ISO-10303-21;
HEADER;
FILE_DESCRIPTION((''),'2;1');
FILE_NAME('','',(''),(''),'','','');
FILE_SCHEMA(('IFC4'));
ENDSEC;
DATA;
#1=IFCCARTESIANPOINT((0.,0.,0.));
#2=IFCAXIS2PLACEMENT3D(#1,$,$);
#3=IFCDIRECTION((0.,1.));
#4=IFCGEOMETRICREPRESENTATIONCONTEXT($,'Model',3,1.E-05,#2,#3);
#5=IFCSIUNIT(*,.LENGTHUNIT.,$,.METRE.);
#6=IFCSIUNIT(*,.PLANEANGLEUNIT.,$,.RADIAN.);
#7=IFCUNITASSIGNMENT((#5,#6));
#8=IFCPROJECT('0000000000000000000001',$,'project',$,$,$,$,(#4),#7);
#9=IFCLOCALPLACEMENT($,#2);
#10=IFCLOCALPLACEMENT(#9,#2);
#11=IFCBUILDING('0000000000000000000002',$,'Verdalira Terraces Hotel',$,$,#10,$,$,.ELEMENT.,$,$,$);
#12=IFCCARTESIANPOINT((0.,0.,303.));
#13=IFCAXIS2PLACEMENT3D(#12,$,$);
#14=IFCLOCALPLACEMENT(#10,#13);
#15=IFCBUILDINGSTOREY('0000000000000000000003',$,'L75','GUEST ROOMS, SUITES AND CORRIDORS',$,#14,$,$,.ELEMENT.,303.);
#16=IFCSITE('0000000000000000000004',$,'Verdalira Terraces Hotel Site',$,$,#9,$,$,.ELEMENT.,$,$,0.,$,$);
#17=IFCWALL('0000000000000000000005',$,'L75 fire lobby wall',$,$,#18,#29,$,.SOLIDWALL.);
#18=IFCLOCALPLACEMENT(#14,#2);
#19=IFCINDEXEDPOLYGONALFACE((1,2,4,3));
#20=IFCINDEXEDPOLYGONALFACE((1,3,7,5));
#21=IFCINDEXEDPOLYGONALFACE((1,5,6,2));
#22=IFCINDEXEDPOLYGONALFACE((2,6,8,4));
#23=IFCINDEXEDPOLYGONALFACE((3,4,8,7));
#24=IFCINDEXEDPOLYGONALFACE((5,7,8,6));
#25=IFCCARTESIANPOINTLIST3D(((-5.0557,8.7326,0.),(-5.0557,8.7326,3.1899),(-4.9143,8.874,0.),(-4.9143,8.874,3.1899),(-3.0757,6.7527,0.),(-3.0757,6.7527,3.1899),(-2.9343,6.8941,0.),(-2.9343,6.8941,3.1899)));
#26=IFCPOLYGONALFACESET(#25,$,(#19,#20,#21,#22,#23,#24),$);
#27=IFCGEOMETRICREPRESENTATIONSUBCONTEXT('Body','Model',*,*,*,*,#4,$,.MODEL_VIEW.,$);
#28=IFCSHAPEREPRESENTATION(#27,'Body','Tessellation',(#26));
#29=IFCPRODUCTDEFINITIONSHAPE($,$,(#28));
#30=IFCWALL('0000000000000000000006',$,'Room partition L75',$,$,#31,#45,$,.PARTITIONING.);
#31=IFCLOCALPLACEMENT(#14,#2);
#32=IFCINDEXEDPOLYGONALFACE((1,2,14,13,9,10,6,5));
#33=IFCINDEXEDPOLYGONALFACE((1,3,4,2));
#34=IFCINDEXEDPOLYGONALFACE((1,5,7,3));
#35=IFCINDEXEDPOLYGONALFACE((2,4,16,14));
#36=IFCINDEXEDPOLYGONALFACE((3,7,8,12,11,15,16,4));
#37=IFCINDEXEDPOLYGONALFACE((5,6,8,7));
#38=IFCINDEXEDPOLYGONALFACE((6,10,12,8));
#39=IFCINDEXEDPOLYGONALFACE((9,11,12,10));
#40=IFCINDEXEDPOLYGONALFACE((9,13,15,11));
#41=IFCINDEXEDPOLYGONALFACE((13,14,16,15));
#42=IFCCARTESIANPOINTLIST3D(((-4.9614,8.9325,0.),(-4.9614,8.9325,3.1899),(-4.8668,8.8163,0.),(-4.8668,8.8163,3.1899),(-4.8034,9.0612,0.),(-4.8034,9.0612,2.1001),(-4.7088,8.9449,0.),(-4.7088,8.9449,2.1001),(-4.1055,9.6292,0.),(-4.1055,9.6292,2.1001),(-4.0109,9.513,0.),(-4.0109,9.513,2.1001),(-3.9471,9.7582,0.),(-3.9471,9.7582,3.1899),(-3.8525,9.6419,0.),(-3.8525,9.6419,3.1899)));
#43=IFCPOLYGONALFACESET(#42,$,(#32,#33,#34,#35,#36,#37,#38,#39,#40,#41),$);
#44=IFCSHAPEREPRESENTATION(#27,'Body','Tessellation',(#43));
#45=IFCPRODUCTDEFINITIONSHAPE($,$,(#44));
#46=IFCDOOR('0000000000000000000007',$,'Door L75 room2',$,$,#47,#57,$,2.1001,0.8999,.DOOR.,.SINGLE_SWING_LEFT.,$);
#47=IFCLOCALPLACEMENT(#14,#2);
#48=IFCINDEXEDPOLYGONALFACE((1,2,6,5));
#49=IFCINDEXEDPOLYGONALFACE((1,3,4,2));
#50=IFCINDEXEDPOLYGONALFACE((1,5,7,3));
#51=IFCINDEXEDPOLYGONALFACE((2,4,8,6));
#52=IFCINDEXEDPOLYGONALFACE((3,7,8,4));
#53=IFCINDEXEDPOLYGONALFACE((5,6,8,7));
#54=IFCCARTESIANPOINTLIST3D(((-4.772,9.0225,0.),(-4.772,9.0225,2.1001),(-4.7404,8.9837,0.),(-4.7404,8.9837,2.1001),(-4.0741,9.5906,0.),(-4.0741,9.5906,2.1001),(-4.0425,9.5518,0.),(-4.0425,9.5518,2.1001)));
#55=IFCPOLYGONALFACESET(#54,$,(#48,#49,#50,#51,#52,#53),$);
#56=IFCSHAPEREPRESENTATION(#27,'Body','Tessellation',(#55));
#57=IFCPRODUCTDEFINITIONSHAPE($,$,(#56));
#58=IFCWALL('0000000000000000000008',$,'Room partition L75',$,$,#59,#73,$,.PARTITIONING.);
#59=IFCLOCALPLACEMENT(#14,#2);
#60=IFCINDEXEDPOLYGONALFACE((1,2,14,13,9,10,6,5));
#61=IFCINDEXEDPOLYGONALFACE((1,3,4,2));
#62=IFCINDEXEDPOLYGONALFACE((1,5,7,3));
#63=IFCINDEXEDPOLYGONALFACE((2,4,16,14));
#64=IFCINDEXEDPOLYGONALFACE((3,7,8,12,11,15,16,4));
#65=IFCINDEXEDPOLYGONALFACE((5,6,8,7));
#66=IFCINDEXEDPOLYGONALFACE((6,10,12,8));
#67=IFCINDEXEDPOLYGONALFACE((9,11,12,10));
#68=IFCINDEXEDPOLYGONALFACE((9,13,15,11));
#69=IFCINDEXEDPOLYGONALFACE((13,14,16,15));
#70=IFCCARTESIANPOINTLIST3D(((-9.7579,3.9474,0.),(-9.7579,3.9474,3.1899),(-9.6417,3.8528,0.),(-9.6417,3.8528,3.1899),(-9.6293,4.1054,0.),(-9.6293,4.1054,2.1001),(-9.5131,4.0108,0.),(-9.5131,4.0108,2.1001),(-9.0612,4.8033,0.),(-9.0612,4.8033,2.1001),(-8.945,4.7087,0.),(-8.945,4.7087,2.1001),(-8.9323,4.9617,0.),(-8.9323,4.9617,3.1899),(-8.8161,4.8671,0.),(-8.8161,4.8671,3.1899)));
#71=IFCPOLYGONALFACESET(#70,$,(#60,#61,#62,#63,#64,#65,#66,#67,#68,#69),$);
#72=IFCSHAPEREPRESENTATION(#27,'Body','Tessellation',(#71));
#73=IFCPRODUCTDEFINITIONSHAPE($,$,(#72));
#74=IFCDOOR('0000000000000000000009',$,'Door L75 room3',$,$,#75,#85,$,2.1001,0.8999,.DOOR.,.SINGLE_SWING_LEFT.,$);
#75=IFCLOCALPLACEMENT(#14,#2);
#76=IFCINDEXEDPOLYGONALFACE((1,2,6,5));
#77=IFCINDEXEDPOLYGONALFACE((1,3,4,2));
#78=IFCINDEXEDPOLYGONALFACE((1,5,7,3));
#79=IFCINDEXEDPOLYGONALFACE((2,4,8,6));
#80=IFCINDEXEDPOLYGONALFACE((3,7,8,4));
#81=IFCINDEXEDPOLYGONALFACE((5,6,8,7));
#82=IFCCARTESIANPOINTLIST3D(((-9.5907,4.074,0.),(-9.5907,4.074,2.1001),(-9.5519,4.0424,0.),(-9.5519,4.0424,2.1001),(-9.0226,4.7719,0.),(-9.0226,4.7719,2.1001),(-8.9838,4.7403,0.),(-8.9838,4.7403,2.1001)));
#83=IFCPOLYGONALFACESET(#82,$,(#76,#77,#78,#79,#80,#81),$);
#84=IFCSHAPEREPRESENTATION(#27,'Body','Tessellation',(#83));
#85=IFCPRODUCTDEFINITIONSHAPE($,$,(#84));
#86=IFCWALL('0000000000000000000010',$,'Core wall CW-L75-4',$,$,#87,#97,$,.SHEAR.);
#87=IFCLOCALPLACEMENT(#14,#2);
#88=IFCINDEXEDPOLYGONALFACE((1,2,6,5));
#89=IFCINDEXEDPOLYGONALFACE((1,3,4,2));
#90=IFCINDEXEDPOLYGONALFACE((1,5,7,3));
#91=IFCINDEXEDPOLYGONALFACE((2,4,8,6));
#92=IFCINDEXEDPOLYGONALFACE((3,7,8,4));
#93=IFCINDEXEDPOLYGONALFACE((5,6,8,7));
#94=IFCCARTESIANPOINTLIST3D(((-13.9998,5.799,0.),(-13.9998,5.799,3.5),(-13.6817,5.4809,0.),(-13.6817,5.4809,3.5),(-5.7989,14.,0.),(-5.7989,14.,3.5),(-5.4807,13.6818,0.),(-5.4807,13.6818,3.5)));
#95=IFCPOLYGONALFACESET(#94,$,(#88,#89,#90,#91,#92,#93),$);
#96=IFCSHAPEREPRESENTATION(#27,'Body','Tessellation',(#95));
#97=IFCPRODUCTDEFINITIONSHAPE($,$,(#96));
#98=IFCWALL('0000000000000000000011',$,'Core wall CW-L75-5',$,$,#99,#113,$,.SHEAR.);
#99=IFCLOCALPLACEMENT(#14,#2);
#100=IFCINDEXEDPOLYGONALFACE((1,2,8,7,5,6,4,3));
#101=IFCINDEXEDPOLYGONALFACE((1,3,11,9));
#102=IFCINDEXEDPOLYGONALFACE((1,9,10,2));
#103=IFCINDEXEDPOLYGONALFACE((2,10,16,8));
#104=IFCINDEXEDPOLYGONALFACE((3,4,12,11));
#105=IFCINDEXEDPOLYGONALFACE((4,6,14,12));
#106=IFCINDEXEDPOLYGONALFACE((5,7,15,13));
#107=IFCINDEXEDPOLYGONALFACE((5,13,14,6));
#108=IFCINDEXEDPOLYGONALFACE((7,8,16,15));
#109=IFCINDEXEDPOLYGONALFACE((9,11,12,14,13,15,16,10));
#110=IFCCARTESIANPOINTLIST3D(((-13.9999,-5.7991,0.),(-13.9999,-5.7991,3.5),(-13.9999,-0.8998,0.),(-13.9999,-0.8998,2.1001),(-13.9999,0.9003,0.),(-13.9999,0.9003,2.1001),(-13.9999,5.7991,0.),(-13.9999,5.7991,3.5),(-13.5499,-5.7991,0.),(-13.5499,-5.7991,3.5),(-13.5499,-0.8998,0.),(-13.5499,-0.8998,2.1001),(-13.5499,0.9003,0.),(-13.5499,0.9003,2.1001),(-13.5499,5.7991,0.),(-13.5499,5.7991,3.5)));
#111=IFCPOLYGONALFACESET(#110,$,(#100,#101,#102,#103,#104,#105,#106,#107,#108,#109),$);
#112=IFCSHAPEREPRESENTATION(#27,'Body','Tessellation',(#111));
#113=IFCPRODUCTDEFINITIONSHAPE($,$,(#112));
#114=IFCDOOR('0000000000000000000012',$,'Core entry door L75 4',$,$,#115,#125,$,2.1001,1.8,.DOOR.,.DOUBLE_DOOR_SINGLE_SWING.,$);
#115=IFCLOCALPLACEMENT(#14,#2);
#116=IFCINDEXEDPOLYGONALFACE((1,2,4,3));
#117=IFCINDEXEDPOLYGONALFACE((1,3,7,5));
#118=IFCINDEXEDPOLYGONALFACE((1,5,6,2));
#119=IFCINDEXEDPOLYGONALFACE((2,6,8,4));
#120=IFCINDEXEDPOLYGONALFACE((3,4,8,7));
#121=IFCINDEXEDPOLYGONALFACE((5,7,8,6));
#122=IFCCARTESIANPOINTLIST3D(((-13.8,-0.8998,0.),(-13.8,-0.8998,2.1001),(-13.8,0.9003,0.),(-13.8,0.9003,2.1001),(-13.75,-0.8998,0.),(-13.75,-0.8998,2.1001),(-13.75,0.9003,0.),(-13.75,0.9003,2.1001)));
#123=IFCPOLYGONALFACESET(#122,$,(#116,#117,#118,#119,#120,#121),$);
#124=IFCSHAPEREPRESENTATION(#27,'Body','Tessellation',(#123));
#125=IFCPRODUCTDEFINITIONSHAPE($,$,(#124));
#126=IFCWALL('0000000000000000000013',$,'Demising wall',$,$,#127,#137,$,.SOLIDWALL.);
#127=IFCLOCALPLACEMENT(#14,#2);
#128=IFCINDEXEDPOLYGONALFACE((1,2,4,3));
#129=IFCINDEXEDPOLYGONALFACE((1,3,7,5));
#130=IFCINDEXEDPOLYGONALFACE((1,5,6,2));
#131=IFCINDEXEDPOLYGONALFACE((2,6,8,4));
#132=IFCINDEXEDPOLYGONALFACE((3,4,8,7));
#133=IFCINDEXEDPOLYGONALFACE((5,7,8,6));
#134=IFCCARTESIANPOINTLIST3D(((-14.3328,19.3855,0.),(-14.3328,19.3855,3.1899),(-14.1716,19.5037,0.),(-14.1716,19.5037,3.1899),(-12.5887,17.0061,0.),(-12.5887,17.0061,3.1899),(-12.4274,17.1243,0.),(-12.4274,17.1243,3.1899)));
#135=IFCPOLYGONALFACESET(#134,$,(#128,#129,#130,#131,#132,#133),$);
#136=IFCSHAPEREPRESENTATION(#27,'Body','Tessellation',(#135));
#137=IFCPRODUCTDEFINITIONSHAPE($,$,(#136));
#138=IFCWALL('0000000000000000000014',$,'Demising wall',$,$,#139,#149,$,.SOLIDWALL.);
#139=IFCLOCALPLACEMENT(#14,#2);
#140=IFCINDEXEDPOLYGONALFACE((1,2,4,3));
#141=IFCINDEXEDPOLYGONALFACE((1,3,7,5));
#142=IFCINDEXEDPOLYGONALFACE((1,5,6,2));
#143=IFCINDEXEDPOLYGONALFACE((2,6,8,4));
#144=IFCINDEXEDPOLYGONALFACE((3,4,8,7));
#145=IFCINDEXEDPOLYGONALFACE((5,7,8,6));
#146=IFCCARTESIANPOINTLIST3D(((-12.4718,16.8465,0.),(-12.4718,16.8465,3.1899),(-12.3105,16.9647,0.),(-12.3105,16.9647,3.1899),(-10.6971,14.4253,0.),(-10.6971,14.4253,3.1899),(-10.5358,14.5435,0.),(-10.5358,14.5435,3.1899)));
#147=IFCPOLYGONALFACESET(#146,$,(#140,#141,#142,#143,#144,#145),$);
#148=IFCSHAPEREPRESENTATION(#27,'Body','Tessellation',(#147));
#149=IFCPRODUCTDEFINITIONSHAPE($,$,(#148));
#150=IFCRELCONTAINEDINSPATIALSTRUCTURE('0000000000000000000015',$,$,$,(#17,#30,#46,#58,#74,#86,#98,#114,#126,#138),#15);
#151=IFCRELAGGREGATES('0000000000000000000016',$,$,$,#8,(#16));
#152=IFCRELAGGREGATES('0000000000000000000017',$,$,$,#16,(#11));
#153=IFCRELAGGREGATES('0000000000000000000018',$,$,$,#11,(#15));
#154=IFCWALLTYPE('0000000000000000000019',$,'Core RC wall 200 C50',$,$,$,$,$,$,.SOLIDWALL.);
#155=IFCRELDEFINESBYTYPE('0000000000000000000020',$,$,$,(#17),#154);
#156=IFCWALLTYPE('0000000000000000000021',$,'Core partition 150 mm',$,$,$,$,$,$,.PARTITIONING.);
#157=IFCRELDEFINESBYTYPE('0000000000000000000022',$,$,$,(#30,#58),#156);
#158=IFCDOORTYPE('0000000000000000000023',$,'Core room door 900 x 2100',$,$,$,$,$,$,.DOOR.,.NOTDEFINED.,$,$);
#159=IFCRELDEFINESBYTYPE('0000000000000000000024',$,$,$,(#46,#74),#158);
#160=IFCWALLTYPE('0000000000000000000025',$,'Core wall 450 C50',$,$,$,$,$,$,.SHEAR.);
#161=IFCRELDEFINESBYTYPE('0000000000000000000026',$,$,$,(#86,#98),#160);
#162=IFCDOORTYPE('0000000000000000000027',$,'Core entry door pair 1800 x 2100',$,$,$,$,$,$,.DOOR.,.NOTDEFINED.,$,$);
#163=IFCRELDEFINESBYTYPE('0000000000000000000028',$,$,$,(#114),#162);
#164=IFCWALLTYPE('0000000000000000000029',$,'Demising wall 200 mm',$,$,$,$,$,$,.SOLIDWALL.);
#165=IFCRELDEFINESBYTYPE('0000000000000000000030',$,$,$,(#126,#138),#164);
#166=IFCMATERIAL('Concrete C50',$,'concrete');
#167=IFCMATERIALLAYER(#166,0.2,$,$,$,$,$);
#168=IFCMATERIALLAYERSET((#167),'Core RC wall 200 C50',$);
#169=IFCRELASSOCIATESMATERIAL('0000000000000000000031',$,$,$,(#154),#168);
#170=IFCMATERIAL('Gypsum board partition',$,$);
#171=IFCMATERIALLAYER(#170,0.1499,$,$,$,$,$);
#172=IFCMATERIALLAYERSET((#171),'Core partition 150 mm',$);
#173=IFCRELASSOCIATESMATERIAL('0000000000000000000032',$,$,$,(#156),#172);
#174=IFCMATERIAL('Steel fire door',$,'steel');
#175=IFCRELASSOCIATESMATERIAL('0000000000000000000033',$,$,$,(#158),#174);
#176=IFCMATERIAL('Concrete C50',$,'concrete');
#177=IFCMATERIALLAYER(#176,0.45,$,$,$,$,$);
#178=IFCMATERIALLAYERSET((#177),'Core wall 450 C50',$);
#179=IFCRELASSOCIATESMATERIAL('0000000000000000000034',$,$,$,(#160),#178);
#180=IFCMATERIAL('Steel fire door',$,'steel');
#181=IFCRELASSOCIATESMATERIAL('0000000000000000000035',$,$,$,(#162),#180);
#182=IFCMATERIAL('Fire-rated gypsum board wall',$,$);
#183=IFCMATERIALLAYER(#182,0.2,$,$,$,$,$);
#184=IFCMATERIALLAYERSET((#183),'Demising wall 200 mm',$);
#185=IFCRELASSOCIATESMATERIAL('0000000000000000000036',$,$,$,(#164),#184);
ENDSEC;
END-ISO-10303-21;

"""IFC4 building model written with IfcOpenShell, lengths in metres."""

from ifc_helpers import new_model, si_unit, direction, frame, frame_2d, origin, place, context, subcontext, project, spatial, rectangle, extrude, material, layer, layer_set, type_object, element, fill, save


model = new_model("IFC4")

# Units and contexts
model_context = context("Model", 3, precision=1e-05, world=origin(), true_north=direction((0.0, 1.0)))
body_context = subcontext(model_context, "Body", "Model", "MODEL_VIEW")
ifc_project = project(units=[si_unit("LENGTHUNIT", "METRE"), si_unit("PLANEANGLEUNIT", "RADIAN")], contexts=[model_context])

# Site, building, storey
site_placement = place(None, origin())
site = spatial("IfcSite", under=ifc_project, at=site_placement, Name="Verdalira Terraces Hotel Site", CompositionType="ELEMENT", RefElevation=0.0)
building_placement = place(site_placement, origin())
building = spatial("IfcBuilding", under=site, at=building_placement, Name="Verdalira Terraces Hotel", CompositionType="ELEMENT")
storey_placement = place(building_placement, frame((0.0, 0.0, 303.0)))
storey = spatial("IfcBuildingStorey", under=building, at=storey_placement, Name="L75", Description="GUEST ROOMS, SUITES AND CORRIDORS", CompositionType="ELEMENT", Elevation=303.0)

# Shared definitions
ifc_material_1 = material(Name="Concrete C50", Category="concrete")
ifc_layer_1 = layer(ifc_material_1, 0.2)
ifc_layer_set_1 = layer_set([ifc_layer_1], Name="Core RC wall 200 C50")
wall_type_1 = type_object("IfcWallType", Name="Core RC wall 200 C50", PredefinedType="SOLIDWALL", material=ifc_layer_set_1)

# Wall
wall_1_placement = place(storey_placement, frame((-3.0051, 6.8235, 0.0), z_axis=(0.0, 0.0, 1.0), x_axis=(-0.707107, 0.707107, 0.0)))
element("IfcWall", 1, at=wall_1_placement, inside=storey, type_object=wall_type_1, Name="L75 fire lobby wall", PredefinedType="SOLIDWALL", context=body_context, shape_type="SweptSolid", body=[
    extrude(rectangle(XDim=2.8, YDim=0.2, at=frame_2d((1.3999, 0.0))), origin(), (0.0, 0.0, 1.0), 3.1899),
])

# Walls, openings, doors
ifc_material_2 = material(Name="Gypsum board partition")
ifc_layer_2 = layer(ifc_material_2, 0.1499)
ifc_layer_set_2 = layer_set([ifc_layer_2], Name="Core partition 150 mm")
wall_type_2 = type_object("IfcWallType", Name="Core partition 150 mm", PredefinedType="PARTITIONING", material=ifc_layer_set_2)
wall_2_placement = place(storey_placement, frame((-3.8999, 9.7, 0.0), z_axis=(0.0, 0.0, 1.0), x_axis=(-0.77556, -0.631274, 0.0)))
wall_2 = element("IfcWall", 2, at=wall_2_placement, inside=storey, type_object=wall_type_2, Name="Room partition L75", PredefinedType="PARTITIONING", context=body_context, shape_type="SweptSolid", body=[
    extrude(rectangle(XDim=1.3079, YDim=0.1499, at=frame_2d((0.6538, 0.0))), origin(), (0.0, 0.0, 1.0), 3.1899),
])
opening_1_placement = place(wall_2_placement, frame((0.2041, 0.0, 0.0)))
opening_1 = element("IfcOpeningElement", 3, at=opening_1_placement, cuts=wall_2, PredefinedType="OPENING", context=body_context, shape_type="SweptSolid", body=[
    extrude(rectangle(XDim=0.8999, YDim=2.1001, at=frame_2d((0.45, 1.05))), frame((0.0, 0.085, 0.0), z_axis=(0.0, -1.0, 0.0), x_axis=(1.0, 0.0, 0.0)), (0.0, 0.0, 1.0), 0.1699),
])
ifc_material_3 = material(Name="Steel fire door", Category="steel")
door_type_1 = type_object("IfcDoorType", Name="Core room door 900 x 2100", OperationType="NOTDEFINED", PredefinedType="DOOR", material=ifc_material_3)
door_1_placement = place(opening_1_placement, origin())
door_1 = element("IfcDoor", 4, at=door_1_placement, inside=storey, type_object=door_type_1, Name="Door L75 room2", OperationType="SINGLE_SWING_LEFT", OverallHeight=2.1001, OverallWidth=0.8999, PredefinedType="DOOR", context=body_context, shape_type="SweptSolid", body=[
    extrude(rectangle(XDim=0.8999, YDim=2.1001, at=frame_2d((0.45, 1.05))), frame((0.0, 0.0249, 0.0), z_axis=(0.0, -1.0, 0.0), x_axis=(1.0, 0.0, 0.0)), (0.0, 0.0, 1.0), 0.05),
])
fill(opening_1, door_1)
wall_3_placement = place(storey_placement, frame((-8.8743, 4.9143, 0.0), z_axis=(0.0, 0.0, 1.0), x_axis=(-0.631274, -0.77556, 0.0)))
wall_3 = element("IfcWall", 5, at=wall_3_placement, inside=storey, type_object=wall_type_2, Name="Room partition L75", PredefinedType="PARTITIONING", context=body_context, shape_type="SweptSolid", body=[
    extrude(rectangle(XDim=1.3079, YDim=0.1499, at=frame_2d((0.6538, 0.0))), origin(), (0.0, 0.0, 1.0), 3.1899),
])
opening_2_placement = place(wall_3_placement, frame((0.2041, 0.0, 0.0)))
opening_2 = element("IfcOpeningElement", 6, at=opening_2_placement, cuts=wall_3, PredefinedType="OPENING", context=body_context, shape_type="SweptSolid", body=[
    extrude(rectangle(XDim=0.8999, YDim=2.1001, at=frame_2d((0.45, 1.05))), frame((0.0, 0.085, 0.0), z_axis=(0.0, -1.0, 0.0), x_axis=(1.0, 0.0, 0.0)), (0.0, 0.0, 1.0), 0.1699),
])
door_2_placement = place(opening_2_placement, origin())
door_2 = element("IfcDoor", 7, at=door_2_placement, inside=storey, type_object=door_type_1, Name="Door L75 room3", OperationType="SINGLE_SWING_LEFT", OverallHeight=2.1001, OverallWidth=0.8999, PredefinedType="DOOR", context=body_context, shape_type="SweptSolid", body=[
    extrude(rectangle(XDim=0.8999, YDim=2.1001, at=frame_2d((0.45, 1.05))), frame((0.0, 0.0249, 0.0), z_axis=(0.0, -1.0, 0.0), x_axis=(1.0, 0.0, 0.0)), (0.0, 0.0, 1.0), 0.05),
])
fill(opening_2, door_2)

# Wall
ifc_material_4 = material(Name="Concrete C50", Category="concrete")
ifc_layer_3 = layer(ifc_material_4, 0.45)
ifc_layer_set_3 = layer_set([ifc_layer_3], Name="Core wall 450 C50")
wall_type_3 = type_object("IfcWallType", Name="Core wall 450 C50", PredefinedType="SHEAR", material=ifc_layer_set_3)
wall_4_placement = place(storey_placement, frame((-5.6399, 13.8408, 0.0), z_axis=(0.0, 0.0, 1.0), x_axis=(-0.707107, -0.707107, 0.0)))
element("IfcWall", 8, at=wall_4_placement, inside=storey, type_object=wall_type_3, Name="Core wall CW-L75-4", PredefinedType="SHEAR", context=body_context, shape_type="SweptSolid", body=[
    extrude(rectangle(XDim=11.5979, YDim=0.45, at=frame_2d((5.7988, 0.0))), origin(), (0.0, 0.0, 1.0), 3.5),
])

# Wall, opening, door
wall_5_placement = place(storey_placement, frame((-13.7749, 5.7991, 0.0), z_axis=(0.0, 0.0, 1.0), x_axis=(0.0, -1.0, 0.0)))
wall_5 = element("IfcWall", 9, at=wall_5_placement, inside=storey, type_object=wall_type_3, Name="Core wall CW-L75-5", PredefinedType="SHEAR", context=body_context, shape_type="SweptSolid", body=[
    extrude(rectangle(XDim=11.5981, YDim=0.45, at=frame_2d((5.7991, 0.0))), origin(), (0.0, 0.0, 1.0), 3.5),
])
opening_3_placement = place(wall_5_placement, frame((4.8989, 0.0, 0.0)))
opening_3 = element("IfcOpeningElement", 10, at=opening_3_placement, cuts=wall_5, PredefinedType="OPENING", context=body_context, shape_type="SweptSolid", body=[
    extrude(rectangle(XDim=1.8, YDim=2.1001, at=frame_2d((0.8999, 1.05))), frame((0.0, 0.2349, 0.0), z_axis=(0.0, -1.0, 0.0), x_axis=(1.0, 0.0, 0.0)), (0.0, 0.0, 1.0), 0.47),
])
ifc_material_5 = material(Name="Steel fire door", Category="steel")
door_type_2 = type_object("IfcDoorType", Name="Core entry door pair 1800 x 2100", OperationType="NOTDEFINED", PredefinedType="DOOR", material=ifc_material_5)
door_3_placement = place(opening_3_placement, origin())
door_3 = element("IfcDoor", 11, at=door_3_placement, inside=storey, type_object=door_type_2, Name="Core entry door L75 4", OperationType="DOUBLE_DOOR_SINGLE_SWING", OverallHeight=2.1001, OverallWidth=1.8, PredefinedType="DOOR", context=body_context, shape_type="SweptSolid", body=[
    extrude(rectangle(XDim=1.8, YDim=2.1001, at=frame_2d((0.8999, 1.05))), frame((0.0, 0.0249, 0.0), z_axis=(0.0, -1.0, 0.0), x_axis=(1.0, 0.0, 0.0)), (0.0, 0.0, 1.0), 0.05),
])
fill(opening_3, door_3)

# Walls
ifc_material_6 = material(Name="Fire-rated gypsum board wall")
ifc_layer_4 = layer(ifc_material_6, 0.2)
ifc_layer_set_4 = layer_set([ifc_layer_4], Name="Demising wall 200 mm")
wall_type_4 = type_object("IfcWallType", Name="Demising wall 200 mm", PredefinedType="SOLIDWALL", material=ifc_layer_set_4)
wall_6_placement = place(storey_placement, frame((-12.5081, 17.0652, 0.0), z_axis=(0.0, 0.0, 1.0), x_axis=(-0.591199, 0.806526, 0.0)))
element("IfcWall", 12, at=wall_6_placement, inside=storey, type_object=wall_type_4, Name="Demising wall", PredefinedType="SOLIDWALL", context=body_context, shape_type="SweptSolid", body=[
    extrude(rectangle(XDim=2.9502, YDim=0.2, at=frame_2d((1.4751, 0.0))), origin(), (0.0, 0.0, 1.0), 3.1899),
])
wall_7_placement = place(storey_placement, frame((-10.6165, 14.4844, 0.0), z_axis=(0.0, 0.0, 1.0), x_axis=(-0.59118, 0.806539, 0.0)))
element("IfcWall", 13, at=wall_7_placement, inside=storey, type_object=wall_type_4, Name="Demising wall", PredefinedType="SOLIDWALL", context=body_context, shape_type="SweptSolid", body=[
    extrude(rectangle(XDim=3.002, YDim=0.2, at=frame_2d((1.501, 0.0))), origin(), (0.0, 0.0, 1.0), 3.1899),
])

save(model, "model.ifc")
